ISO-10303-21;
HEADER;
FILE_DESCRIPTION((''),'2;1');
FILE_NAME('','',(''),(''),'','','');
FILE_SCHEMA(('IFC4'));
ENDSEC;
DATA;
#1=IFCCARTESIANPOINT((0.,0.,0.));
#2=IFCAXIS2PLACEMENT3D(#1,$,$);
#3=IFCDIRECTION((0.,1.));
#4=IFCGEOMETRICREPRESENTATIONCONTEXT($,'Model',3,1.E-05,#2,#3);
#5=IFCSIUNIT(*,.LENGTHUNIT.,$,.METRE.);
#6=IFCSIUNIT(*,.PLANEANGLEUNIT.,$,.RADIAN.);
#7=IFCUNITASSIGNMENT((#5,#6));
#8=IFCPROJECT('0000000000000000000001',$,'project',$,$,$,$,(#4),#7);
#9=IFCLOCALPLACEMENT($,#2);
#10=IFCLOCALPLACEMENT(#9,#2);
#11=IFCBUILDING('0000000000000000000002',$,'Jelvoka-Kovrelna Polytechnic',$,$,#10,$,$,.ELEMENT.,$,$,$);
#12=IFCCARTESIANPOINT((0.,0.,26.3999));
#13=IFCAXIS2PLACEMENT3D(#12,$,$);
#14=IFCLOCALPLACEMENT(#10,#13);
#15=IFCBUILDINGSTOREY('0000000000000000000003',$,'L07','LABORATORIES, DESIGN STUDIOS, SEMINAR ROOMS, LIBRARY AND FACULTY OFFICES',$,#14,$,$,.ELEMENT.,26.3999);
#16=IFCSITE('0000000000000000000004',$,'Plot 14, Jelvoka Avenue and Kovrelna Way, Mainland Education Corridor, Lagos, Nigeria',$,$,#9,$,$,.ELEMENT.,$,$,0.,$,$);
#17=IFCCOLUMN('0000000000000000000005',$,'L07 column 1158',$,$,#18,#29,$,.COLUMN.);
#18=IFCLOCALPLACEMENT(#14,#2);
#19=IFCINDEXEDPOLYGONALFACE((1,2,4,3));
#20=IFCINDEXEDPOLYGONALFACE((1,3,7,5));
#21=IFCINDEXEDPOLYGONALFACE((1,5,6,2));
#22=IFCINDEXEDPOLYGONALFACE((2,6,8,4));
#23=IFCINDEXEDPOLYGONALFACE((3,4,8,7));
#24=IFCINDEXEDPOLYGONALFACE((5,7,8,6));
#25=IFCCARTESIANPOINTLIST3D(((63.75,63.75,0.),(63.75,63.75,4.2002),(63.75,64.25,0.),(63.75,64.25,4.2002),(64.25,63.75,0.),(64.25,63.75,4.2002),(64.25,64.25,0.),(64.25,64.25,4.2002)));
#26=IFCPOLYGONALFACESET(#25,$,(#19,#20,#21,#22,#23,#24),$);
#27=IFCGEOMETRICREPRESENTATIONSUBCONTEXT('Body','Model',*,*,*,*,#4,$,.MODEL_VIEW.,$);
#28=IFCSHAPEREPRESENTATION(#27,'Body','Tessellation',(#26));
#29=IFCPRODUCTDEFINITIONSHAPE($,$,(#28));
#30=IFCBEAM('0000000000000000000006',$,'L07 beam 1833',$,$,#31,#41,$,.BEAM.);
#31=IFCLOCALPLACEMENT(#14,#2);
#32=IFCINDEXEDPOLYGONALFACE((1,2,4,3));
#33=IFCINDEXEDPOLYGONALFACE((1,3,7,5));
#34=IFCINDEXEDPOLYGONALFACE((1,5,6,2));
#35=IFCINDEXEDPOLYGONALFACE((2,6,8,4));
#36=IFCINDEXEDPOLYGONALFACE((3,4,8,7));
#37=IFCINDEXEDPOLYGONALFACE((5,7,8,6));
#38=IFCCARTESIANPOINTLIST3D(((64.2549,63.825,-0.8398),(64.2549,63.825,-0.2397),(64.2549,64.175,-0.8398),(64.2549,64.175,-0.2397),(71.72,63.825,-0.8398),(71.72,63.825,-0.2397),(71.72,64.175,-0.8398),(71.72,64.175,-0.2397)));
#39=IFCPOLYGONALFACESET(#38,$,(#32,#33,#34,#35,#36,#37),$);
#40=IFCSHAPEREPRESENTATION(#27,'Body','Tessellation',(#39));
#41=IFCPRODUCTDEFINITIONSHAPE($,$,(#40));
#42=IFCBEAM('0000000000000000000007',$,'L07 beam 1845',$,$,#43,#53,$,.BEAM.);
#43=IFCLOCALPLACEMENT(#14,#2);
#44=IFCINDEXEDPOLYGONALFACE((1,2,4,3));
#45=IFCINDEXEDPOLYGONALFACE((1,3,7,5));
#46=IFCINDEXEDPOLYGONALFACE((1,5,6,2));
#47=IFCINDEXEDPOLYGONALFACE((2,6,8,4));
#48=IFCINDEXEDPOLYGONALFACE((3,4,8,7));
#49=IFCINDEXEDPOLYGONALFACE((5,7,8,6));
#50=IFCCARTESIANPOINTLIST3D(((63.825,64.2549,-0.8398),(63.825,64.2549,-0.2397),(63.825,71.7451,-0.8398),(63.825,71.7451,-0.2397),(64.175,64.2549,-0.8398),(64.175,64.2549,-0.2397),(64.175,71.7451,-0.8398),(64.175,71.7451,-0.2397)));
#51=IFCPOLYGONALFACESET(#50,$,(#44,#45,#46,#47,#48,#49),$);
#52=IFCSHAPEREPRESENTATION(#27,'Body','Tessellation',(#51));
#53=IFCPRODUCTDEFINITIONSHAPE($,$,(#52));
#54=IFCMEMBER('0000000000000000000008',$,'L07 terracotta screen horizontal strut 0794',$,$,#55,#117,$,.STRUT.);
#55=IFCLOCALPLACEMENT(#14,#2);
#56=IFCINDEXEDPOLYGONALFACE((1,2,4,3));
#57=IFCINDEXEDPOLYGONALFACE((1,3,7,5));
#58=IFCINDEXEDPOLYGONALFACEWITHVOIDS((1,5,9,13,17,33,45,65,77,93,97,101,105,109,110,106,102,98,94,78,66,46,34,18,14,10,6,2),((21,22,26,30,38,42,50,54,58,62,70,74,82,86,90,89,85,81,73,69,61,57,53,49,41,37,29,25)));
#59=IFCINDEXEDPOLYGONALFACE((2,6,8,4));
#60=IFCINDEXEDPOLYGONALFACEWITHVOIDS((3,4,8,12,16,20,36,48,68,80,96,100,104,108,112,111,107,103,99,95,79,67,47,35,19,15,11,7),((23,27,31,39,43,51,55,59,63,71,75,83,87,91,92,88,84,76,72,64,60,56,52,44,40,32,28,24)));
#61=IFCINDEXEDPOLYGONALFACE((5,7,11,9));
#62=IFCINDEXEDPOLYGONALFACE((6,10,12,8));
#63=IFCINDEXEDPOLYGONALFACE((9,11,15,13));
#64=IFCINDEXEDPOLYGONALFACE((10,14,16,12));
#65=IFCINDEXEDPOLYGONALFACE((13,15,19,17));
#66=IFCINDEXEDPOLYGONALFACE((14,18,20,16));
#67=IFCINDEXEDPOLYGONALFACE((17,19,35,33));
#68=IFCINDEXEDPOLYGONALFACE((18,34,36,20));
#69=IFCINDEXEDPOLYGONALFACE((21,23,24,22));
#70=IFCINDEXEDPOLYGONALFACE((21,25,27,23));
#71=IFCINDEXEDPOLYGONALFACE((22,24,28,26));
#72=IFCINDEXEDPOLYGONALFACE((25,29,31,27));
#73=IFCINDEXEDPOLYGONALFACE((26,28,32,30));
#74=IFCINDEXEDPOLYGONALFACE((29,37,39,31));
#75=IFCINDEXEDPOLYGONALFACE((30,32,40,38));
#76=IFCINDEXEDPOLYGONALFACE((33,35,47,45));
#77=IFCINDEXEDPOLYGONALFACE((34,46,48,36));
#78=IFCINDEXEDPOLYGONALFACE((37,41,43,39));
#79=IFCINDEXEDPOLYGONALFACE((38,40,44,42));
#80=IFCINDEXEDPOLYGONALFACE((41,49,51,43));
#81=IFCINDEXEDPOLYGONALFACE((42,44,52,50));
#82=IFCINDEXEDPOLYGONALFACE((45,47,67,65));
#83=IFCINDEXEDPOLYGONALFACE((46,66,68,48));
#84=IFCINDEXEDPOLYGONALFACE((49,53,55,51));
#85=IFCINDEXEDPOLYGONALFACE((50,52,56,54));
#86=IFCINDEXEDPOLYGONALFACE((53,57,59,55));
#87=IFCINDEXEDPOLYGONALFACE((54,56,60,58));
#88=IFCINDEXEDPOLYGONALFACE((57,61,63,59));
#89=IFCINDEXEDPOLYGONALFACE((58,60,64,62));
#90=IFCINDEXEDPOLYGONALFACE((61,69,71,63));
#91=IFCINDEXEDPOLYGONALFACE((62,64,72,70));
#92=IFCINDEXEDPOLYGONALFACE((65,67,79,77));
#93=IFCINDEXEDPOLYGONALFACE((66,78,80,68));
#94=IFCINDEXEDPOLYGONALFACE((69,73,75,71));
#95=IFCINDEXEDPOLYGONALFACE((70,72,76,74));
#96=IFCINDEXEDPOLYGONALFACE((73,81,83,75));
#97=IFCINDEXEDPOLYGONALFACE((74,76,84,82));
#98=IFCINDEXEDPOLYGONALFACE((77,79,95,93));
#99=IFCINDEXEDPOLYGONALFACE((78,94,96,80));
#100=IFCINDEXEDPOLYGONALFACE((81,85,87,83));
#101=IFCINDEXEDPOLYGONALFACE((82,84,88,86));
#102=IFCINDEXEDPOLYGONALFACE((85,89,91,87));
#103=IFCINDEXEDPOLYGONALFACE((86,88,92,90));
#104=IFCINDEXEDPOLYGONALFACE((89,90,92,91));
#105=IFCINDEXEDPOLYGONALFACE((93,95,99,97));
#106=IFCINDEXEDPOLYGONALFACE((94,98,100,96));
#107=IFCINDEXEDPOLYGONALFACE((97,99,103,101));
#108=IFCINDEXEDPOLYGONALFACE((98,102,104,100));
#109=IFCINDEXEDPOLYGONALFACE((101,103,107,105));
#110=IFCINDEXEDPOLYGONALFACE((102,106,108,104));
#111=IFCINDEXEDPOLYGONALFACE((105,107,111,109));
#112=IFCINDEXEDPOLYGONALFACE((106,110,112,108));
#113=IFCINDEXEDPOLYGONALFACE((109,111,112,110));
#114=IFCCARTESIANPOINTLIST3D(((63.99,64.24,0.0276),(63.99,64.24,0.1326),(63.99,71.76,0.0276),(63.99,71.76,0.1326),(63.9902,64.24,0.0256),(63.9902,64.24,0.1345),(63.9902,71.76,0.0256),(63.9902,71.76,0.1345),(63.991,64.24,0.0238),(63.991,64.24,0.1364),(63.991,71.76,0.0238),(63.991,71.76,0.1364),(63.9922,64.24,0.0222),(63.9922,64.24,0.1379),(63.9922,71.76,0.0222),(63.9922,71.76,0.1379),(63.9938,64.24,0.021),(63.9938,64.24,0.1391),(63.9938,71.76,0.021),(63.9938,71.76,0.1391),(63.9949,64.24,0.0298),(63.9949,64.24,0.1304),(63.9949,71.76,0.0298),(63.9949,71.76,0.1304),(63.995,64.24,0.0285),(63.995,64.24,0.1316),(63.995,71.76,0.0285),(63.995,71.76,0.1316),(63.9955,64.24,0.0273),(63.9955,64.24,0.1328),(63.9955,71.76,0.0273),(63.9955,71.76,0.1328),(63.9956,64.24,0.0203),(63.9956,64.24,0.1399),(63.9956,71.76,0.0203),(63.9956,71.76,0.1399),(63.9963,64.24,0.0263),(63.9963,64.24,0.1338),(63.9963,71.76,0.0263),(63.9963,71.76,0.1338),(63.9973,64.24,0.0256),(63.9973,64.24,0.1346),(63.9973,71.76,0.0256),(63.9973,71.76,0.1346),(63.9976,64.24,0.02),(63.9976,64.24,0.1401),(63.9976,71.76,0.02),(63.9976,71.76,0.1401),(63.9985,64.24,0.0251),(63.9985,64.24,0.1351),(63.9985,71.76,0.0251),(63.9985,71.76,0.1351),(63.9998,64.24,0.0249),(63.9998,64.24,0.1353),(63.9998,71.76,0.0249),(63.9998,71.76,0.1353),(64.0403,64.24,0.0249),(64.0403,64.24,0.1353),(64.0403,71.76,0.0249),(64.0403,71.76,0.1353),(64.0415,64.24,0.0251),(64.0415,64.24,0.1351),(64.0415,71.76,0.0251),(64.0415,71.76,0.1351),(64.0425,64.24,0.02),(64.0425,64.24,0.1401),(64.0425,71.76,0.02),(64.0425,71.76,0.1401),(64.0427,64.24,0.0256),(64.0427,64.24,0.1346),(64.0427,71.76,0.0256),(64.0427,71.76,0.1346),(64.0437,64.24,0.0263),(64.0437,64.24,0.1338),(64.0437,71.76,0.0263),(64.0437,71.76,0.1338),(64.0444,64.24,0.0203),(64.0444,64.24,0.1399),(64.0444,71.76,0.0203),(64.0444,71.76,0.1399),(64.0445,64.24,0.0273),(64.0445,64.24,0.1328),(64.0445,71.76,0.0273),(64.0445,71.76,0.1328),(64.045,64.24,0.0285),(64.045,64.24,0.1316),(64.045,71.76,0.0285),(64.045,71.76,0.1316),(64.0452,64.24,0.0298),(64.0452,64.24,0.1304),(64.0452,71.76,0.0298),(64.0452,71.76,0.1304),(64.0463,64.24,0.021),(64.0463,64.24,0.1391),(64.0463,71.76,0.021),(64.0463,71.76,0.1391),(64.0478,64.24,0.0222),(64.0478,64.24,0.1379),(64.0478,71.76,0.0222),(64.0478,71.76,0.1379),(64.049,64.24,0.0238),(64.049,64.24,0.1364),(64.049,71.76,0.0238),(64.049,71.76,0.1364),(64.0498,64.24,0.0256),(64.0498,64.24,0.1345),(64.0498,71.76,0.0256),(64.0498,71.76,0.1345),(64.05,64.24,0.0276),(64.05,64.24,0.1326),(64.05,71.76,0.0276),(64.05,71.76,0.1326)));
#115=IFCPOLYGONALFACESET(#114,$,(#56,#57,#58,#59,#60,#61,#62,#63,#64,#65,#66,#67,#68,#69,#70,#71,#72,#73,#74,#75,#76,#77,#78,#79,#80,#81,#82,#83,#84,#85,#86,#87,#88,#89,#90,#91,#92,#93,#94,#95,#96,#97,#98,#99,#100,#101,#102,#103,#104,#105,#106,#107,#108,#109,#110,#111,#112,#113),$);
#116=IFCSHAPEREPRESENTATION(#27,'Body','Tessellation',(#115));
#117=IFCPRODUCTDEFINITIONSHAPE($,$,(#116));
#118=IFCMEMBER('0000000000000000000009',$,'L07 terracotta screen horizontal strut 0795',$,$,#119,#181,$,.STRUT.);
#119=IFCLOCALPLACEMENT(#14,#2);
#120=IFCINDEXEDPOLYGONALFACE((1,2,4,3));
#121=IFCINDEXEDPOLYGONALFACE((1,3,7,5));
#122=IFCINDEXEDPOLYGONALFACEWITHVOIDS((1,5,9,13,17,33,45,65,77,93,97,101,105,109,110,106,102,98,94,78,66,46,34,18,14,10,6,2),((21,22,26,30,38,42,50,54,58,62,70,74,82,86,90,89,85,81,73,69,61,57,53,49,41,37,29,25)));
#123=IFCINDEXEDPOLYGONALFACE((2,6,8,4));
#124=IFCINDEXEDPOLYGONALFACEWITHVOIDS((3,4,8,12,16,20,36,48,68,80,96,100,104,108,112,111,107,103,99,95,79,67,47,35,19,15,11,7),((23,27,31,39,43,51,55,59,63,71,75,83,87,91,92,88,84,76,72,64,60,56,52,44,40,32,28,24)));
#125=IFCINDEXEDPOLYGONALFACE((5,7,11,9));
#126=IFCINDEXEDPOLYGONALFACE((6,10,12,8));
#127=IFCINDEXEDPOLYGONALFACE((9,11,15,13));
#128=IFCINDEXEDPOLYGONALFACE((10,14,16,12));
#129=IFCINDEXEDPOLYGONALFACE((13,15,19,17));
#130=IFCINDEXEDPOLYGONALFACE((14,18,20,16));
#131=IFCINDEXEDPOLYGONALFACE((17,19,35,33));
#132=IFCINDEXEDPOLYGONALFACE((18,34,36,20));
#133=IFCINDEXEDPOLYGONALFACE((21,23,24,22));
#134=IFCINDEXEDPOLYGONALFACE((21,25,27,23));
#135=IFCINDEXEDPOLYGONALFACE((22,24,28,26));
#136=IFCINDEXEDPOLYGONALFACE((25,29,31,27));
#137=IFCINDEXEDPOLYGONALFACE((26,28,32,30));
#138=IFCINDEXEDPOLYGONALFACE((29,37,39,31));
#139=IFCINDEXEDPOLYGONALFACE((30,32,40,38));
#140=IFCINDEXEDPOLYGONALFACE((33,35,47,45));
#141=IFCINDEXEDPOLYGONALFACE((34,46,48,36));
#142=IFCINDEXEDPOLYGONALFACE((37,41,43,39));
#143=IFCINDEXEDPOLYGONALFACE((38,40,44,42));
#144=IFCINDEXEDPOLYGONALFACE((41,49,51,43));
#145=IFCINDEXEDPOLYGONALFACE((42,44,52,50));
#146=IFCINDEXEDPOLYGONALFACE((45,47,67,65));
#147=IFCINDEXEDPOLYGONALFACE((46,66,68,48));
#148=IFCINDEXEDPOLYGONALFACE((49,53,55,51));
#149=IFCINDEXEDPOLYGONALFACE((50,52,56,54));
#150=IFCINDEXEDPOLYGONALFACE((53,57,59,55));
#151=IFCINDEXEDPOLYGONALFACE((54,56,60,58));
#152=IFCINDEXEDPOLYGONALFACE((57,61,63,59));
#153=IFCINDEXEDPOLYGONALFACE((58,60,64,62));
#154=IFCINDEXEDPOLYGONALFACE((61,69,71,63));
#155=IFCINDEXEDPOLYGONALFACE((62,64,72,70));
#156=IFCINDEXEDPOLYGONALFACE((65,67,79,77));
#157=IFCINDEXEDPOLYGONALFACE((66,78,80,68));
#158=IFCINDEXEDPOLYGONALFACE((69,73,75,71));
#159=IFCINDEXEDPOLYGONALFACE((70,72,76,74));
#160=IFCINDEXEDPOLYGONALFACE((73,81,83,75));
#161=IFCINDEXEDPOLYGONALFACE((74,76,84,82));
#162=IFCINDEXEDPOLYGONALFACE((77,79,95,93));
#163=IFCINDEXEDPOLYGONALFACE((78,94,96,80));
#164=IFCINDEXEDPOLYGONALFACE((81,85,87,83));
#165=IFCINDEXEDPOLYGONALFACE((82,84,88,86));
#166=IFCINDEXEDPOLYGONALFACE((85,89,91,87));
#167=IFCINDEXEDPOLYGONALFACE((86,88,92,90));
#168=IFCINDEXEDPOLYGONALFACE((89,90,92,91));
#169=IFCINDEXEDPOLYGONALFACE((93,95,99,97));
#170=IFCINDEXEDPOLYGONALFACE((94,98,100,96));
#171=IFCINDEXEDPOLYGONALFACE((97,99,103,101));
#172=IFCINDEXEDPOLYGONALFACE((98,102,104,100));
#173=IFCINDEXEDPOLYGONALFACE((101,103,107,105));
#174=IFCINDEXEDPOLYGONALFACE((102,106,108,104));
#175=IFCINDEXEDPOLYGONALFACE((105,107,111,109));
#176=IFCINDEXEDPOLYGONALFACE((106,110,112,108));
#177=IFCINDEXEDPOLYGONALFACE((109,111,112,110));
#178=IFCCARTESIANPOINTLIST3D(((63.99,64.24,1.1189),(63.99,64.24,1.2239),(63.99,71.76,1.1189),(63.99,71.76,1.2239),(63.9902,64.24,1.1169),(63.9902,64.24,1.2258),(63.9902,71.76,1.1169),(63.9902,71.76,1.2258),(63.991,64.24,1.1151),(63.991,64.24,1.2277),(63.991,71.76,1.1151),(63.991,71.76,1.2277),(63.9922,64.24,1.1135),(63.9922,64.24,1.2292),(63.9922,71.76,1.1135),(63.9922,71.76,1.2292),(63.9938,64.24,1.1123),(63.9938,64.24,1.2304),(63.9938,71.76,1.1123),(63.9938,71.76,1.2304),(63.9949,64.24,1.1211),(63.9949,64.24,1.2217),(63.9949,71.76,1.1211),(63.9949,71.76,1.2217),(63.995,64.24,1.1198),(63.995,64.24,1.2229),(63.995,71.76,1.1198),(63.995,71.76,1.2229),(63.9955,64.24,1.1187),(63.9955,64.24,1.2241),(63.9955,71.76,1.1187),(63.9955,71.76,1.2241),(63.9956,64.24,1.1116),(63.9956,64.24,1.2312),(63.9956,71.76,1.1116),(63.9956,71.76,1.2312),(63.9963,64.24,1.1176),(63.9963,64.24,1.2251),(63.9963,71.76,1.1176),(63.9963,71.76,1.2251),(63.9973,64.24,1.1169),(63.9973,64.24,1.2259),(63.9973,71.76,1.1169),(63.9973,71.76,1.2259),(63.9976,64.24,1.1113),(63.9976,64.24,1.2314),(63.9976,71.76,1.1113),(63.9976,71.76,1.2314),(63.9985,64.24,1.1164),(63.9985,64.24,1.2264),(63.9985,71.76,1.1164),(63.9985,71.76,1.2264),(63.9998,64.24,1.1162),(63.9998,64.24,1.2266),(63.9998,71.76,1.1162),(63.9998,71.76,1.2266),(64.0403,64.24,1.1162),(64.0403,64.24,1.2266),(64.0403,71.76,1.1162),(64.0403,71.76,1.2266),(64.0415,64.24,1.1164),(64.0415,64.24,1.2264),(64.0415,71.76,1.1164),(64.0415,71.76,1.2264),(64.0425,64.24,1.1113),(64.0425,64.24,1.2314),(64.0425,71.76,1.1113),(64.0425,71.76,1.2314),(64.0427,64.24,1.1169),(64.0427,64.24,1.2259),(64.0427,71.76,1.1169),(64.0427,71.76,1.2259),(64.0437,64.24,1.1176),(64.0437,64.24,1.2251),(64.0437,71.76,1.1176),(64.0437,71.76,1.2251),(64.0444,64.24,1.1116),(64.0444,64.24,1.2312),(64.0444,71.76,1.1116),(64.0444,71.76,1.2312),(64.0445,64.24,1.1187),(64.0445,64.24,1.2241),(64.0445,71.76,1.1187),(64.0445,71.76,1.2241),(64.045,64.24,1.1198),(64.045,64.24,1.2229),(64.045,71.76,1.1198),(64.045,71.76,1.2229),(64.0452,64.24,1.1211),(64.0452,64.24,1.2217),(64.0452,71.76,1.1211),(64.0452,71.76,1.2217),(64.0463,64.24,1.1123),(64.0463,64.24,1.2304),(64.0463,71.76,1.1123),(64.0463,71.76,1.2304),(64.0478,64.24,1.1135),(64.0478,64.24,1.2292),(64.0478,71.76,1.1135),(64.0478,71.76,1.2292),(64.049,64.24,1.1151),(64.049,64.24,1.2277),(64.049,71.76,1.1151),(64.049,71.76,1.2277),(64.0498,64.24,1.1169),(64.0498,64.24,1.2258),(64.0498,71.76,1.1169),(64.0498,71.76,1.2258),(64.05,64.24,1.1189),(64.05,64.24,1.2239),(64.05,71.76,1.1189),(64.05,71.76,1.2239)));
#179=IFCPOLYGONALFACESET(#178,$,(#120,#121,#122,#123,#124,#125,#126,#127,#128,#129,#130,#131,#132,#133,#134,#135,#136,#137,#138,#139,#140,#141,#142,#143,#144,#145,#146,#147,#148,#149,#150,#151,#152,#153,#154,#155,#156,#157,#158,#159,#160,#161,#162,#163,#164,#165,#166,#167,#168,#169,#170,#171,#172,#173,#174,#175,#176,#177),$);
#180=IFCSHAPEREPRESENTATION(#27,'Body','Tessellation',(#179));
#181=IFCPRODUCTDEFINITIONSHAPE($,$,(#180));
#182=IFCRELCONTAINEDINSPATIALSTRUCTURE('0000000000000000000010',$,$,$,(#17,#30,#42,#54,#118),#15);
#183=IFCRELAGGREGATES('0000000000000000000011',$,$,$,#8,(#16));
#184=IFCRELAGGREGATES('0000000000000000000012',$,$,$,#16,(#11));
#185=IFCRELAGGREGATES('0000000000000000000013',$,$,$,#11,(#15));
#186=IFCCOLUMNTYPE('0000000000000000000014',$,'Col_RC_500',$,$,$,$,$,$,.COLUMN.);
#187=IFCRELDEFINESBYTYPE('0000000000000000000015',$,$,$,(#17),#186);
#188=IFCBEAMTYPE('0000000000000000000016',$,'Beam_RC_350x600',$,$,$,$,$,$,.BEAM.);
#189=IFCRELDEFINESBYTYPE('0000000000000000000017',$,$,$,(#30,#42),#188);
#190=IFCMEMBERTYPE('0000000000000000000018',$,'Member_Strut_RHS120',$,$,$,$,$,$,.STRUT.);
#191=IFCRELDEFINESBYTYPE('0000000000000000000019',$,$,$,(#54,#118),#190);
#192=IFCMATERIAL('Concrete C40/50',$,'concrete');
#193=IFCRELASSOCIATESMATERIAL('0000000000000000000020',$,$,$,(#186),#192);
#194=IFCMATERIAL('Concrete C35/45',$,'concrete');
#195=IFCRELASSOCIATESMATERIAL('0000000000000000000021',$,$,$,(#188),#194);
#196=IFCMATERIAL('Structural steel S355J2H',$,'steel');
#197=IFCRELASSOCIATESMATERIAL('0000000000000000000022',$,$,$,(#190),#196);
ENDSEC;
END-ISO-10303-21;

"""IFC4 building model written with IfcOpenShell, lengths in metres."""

from ifc_helpers import new_model, si_unit, direction, frame, origin, origin_2d, place, context, subcontext, project, spatial, rectangle, hollow_rectangle, extrude, material, material_profile, profile_set, type_object, element, save


model = new_model("IFC4")

# Units and contexts
model_context = context("Model", 3, precision=1e-05, world=origin(), true_north=direction((0.0, 1.0)))
body_context = subcontext(model_context, "Body", "Model", "MODEL_VIEW")
ifc_project = project(units=[si_unit("LENGTHUNIT", "METRE"), si_unit("PLANEANGLEUNIT", "RADIAN")], contexts=[model_context])

# Site, building, storey
site_placement = place(None, origin())
site = spatial("IfcSite", under=ifc_project, at=site_placement, Name="Plot 14, Jelvoka Avenue and Kovrelna Way, Mainland Education Corridor, Lagos, Nigeria", CompositionType="ELEMENT", RefElevation=0.0)
building_placement = place(site_placement, origin())
building = spatial("IfcBuilding", under=site, at=building_placement, Name="Jelvoka-Kovrelna Polytechnic", CompositionType="ELEMENT")
storey_placement = place(building_placement, frame((0.0, 0.0, 26.3999)))
storey = spatial("IfcBuildingStorey", under=building, at=storey_placement, Name="L07", Description="LABORATORIES, DESIGN STUDIOS, SEMINAR ROOMS, LIBRARY AND FACULTY OFFICES", CompositionType="ELEMENT", Elevation=26.3999)

# Column
ifc_material_1 = material(Name="Concrete C40/50", Category="concrete")
ifc_material_profile_1 = material_profile(ifc_material_1, rectangle(XDim=0.5, YDim=0.5, at=origin_2d()), Name="RC 500x500")
ifc_profile_set_1 = profile_set([ifc_material_profile_1], Name="Concrete C40/50")
column_type = type_object("IfcColumnType", Name="Col_RC_500", PredefinedType="COLUMN", material=ifc_profile_set_1)
column_placement = place(storey_placement, frame((64.0, 64.0, 0.0), z_axis=(0.0, 0.0, 1.0), x_axis=(1.0, 0.0, 0.0)))
element("IfcColumn", 1, at=column_placement, inside=storey, type_object=column_type, Name="L07 column 1158", PredefinedType="COLUMN", context=body_context, shape_type="SweptSolid", body=[
    extrude(rectangle(XDim=0.5, YDim=0.5, at=origin_2d()), origin(), (0.0, 0.0, 1.0), 4.2002),
])

# Beams
ifc_material_2 = material(Name="Concrete C35/45", Category="concrete")
ifc_material_profile_2 = material_profile(ifc_material_2, rectangle(XDim=0.3501, YDim=0.6001, at=origin_2d()), Name="RC 350x600")
ifc_profile_set_2 = profile_set([ifc_material_profile_2], Name="Concrete C35/45")
beam_type = type_object("IfcBeamType", Name="Beam_RC_350x600", PredefinedType="BEAM", material=ifc_profile_set_2)
beam_1_placement = place(storey_placement, frame((64.2549, 64.0, -0.5398), z_axis=(1.0, 0.0, 0.0), x_axis=(0.0, 1.0, 0.0)))
element("IfcBeam", 2, at=beam_1_placement, inside=storey, type_object=beam_type, Name="L07 beam 1833", PredefinedType="BEAM", context=body_context, shape_type="SweptSolid", body=[
    extrude(rectangle(XDim=0.3501, YDim=0.6001, at=origin_2d()), origin(), (0.0, 0.0, 1.0), 7.4651),
])
beam_2_placement = place(storey_placement, frame((64.0, 64.2549, -0.5398), z_axis=(0.0, 1.0, 0.0), x_axis=(-1.0, 0.0, 0.0)))
element("IfcBeam", 3, at=beam_2_placement, inside=storey, type_object=beam_type, Name="L07 beam 1845", PredefinedType="BEAM", context=body_context, shape_type="SweptSolid", body=[
    extrude(rectangle(XDim=0.3501, YDim=0.6001, at=origin_2d()), origin(), (0.0, 0.0, 1.0), 7.4902),
])

# Members
ifc_material_3 = material(Name="Structural steel S355J2H", Category="steel")
ifc_material_profile_3 = material_profile(ifc_material_3, hollow_rectangle(XDim=0.0601, YDim=0.1201, WallThickness=0.0049, InnerFilletRadius=0.0049, OuterFilletRadius=0.0076, at=origin_2d()), Name="120x60x5.0 RHS")
ifc_profile_set_3 = profile_set([ifc_material_profile_3], Name="Structural steel S355J2H")
member_type_1 = type_object("IfcMemberType", Name="Member_Strut_RHS120", PredefinedType="STRUT", material=ifc_profile_set_3)
for number, where, z_axis, x_axis, name in (
    (4, (64.02, 64.24, 0.0801), (0.0, 1.0, 0.0), (-1.0, 0.0, 0.0), "L07 terracotta screen horizontal strut 0794"),
    (5, (64.02, 64.24, 1.1714), (0.0, 1.0, 0.0), (-1.0, 0.0, 0.0), "L07 terracotta screen horizontal strut 0795"),
):
    element("IfcMember", number, at=place(storey_placement, frame(where, z_axis=z_axis, x_axis=x_axis)), inside=storey, type_object=member_type_1, Name=name, PredefinedType="STRUT", context=body_context, shape_type="SweptSolid", body=[
        extrude(hollow_rectangle(XDim=0.0601, YDim=0.1201, WallThickness=0.0049, InnerFilletRadius=0.0049, OuterFilletRadius=0.0076, at=origin_2d()), origin(), (0.0, 0.0, 1.0), 7.52),
    ])

save(model, "model.ifc")
